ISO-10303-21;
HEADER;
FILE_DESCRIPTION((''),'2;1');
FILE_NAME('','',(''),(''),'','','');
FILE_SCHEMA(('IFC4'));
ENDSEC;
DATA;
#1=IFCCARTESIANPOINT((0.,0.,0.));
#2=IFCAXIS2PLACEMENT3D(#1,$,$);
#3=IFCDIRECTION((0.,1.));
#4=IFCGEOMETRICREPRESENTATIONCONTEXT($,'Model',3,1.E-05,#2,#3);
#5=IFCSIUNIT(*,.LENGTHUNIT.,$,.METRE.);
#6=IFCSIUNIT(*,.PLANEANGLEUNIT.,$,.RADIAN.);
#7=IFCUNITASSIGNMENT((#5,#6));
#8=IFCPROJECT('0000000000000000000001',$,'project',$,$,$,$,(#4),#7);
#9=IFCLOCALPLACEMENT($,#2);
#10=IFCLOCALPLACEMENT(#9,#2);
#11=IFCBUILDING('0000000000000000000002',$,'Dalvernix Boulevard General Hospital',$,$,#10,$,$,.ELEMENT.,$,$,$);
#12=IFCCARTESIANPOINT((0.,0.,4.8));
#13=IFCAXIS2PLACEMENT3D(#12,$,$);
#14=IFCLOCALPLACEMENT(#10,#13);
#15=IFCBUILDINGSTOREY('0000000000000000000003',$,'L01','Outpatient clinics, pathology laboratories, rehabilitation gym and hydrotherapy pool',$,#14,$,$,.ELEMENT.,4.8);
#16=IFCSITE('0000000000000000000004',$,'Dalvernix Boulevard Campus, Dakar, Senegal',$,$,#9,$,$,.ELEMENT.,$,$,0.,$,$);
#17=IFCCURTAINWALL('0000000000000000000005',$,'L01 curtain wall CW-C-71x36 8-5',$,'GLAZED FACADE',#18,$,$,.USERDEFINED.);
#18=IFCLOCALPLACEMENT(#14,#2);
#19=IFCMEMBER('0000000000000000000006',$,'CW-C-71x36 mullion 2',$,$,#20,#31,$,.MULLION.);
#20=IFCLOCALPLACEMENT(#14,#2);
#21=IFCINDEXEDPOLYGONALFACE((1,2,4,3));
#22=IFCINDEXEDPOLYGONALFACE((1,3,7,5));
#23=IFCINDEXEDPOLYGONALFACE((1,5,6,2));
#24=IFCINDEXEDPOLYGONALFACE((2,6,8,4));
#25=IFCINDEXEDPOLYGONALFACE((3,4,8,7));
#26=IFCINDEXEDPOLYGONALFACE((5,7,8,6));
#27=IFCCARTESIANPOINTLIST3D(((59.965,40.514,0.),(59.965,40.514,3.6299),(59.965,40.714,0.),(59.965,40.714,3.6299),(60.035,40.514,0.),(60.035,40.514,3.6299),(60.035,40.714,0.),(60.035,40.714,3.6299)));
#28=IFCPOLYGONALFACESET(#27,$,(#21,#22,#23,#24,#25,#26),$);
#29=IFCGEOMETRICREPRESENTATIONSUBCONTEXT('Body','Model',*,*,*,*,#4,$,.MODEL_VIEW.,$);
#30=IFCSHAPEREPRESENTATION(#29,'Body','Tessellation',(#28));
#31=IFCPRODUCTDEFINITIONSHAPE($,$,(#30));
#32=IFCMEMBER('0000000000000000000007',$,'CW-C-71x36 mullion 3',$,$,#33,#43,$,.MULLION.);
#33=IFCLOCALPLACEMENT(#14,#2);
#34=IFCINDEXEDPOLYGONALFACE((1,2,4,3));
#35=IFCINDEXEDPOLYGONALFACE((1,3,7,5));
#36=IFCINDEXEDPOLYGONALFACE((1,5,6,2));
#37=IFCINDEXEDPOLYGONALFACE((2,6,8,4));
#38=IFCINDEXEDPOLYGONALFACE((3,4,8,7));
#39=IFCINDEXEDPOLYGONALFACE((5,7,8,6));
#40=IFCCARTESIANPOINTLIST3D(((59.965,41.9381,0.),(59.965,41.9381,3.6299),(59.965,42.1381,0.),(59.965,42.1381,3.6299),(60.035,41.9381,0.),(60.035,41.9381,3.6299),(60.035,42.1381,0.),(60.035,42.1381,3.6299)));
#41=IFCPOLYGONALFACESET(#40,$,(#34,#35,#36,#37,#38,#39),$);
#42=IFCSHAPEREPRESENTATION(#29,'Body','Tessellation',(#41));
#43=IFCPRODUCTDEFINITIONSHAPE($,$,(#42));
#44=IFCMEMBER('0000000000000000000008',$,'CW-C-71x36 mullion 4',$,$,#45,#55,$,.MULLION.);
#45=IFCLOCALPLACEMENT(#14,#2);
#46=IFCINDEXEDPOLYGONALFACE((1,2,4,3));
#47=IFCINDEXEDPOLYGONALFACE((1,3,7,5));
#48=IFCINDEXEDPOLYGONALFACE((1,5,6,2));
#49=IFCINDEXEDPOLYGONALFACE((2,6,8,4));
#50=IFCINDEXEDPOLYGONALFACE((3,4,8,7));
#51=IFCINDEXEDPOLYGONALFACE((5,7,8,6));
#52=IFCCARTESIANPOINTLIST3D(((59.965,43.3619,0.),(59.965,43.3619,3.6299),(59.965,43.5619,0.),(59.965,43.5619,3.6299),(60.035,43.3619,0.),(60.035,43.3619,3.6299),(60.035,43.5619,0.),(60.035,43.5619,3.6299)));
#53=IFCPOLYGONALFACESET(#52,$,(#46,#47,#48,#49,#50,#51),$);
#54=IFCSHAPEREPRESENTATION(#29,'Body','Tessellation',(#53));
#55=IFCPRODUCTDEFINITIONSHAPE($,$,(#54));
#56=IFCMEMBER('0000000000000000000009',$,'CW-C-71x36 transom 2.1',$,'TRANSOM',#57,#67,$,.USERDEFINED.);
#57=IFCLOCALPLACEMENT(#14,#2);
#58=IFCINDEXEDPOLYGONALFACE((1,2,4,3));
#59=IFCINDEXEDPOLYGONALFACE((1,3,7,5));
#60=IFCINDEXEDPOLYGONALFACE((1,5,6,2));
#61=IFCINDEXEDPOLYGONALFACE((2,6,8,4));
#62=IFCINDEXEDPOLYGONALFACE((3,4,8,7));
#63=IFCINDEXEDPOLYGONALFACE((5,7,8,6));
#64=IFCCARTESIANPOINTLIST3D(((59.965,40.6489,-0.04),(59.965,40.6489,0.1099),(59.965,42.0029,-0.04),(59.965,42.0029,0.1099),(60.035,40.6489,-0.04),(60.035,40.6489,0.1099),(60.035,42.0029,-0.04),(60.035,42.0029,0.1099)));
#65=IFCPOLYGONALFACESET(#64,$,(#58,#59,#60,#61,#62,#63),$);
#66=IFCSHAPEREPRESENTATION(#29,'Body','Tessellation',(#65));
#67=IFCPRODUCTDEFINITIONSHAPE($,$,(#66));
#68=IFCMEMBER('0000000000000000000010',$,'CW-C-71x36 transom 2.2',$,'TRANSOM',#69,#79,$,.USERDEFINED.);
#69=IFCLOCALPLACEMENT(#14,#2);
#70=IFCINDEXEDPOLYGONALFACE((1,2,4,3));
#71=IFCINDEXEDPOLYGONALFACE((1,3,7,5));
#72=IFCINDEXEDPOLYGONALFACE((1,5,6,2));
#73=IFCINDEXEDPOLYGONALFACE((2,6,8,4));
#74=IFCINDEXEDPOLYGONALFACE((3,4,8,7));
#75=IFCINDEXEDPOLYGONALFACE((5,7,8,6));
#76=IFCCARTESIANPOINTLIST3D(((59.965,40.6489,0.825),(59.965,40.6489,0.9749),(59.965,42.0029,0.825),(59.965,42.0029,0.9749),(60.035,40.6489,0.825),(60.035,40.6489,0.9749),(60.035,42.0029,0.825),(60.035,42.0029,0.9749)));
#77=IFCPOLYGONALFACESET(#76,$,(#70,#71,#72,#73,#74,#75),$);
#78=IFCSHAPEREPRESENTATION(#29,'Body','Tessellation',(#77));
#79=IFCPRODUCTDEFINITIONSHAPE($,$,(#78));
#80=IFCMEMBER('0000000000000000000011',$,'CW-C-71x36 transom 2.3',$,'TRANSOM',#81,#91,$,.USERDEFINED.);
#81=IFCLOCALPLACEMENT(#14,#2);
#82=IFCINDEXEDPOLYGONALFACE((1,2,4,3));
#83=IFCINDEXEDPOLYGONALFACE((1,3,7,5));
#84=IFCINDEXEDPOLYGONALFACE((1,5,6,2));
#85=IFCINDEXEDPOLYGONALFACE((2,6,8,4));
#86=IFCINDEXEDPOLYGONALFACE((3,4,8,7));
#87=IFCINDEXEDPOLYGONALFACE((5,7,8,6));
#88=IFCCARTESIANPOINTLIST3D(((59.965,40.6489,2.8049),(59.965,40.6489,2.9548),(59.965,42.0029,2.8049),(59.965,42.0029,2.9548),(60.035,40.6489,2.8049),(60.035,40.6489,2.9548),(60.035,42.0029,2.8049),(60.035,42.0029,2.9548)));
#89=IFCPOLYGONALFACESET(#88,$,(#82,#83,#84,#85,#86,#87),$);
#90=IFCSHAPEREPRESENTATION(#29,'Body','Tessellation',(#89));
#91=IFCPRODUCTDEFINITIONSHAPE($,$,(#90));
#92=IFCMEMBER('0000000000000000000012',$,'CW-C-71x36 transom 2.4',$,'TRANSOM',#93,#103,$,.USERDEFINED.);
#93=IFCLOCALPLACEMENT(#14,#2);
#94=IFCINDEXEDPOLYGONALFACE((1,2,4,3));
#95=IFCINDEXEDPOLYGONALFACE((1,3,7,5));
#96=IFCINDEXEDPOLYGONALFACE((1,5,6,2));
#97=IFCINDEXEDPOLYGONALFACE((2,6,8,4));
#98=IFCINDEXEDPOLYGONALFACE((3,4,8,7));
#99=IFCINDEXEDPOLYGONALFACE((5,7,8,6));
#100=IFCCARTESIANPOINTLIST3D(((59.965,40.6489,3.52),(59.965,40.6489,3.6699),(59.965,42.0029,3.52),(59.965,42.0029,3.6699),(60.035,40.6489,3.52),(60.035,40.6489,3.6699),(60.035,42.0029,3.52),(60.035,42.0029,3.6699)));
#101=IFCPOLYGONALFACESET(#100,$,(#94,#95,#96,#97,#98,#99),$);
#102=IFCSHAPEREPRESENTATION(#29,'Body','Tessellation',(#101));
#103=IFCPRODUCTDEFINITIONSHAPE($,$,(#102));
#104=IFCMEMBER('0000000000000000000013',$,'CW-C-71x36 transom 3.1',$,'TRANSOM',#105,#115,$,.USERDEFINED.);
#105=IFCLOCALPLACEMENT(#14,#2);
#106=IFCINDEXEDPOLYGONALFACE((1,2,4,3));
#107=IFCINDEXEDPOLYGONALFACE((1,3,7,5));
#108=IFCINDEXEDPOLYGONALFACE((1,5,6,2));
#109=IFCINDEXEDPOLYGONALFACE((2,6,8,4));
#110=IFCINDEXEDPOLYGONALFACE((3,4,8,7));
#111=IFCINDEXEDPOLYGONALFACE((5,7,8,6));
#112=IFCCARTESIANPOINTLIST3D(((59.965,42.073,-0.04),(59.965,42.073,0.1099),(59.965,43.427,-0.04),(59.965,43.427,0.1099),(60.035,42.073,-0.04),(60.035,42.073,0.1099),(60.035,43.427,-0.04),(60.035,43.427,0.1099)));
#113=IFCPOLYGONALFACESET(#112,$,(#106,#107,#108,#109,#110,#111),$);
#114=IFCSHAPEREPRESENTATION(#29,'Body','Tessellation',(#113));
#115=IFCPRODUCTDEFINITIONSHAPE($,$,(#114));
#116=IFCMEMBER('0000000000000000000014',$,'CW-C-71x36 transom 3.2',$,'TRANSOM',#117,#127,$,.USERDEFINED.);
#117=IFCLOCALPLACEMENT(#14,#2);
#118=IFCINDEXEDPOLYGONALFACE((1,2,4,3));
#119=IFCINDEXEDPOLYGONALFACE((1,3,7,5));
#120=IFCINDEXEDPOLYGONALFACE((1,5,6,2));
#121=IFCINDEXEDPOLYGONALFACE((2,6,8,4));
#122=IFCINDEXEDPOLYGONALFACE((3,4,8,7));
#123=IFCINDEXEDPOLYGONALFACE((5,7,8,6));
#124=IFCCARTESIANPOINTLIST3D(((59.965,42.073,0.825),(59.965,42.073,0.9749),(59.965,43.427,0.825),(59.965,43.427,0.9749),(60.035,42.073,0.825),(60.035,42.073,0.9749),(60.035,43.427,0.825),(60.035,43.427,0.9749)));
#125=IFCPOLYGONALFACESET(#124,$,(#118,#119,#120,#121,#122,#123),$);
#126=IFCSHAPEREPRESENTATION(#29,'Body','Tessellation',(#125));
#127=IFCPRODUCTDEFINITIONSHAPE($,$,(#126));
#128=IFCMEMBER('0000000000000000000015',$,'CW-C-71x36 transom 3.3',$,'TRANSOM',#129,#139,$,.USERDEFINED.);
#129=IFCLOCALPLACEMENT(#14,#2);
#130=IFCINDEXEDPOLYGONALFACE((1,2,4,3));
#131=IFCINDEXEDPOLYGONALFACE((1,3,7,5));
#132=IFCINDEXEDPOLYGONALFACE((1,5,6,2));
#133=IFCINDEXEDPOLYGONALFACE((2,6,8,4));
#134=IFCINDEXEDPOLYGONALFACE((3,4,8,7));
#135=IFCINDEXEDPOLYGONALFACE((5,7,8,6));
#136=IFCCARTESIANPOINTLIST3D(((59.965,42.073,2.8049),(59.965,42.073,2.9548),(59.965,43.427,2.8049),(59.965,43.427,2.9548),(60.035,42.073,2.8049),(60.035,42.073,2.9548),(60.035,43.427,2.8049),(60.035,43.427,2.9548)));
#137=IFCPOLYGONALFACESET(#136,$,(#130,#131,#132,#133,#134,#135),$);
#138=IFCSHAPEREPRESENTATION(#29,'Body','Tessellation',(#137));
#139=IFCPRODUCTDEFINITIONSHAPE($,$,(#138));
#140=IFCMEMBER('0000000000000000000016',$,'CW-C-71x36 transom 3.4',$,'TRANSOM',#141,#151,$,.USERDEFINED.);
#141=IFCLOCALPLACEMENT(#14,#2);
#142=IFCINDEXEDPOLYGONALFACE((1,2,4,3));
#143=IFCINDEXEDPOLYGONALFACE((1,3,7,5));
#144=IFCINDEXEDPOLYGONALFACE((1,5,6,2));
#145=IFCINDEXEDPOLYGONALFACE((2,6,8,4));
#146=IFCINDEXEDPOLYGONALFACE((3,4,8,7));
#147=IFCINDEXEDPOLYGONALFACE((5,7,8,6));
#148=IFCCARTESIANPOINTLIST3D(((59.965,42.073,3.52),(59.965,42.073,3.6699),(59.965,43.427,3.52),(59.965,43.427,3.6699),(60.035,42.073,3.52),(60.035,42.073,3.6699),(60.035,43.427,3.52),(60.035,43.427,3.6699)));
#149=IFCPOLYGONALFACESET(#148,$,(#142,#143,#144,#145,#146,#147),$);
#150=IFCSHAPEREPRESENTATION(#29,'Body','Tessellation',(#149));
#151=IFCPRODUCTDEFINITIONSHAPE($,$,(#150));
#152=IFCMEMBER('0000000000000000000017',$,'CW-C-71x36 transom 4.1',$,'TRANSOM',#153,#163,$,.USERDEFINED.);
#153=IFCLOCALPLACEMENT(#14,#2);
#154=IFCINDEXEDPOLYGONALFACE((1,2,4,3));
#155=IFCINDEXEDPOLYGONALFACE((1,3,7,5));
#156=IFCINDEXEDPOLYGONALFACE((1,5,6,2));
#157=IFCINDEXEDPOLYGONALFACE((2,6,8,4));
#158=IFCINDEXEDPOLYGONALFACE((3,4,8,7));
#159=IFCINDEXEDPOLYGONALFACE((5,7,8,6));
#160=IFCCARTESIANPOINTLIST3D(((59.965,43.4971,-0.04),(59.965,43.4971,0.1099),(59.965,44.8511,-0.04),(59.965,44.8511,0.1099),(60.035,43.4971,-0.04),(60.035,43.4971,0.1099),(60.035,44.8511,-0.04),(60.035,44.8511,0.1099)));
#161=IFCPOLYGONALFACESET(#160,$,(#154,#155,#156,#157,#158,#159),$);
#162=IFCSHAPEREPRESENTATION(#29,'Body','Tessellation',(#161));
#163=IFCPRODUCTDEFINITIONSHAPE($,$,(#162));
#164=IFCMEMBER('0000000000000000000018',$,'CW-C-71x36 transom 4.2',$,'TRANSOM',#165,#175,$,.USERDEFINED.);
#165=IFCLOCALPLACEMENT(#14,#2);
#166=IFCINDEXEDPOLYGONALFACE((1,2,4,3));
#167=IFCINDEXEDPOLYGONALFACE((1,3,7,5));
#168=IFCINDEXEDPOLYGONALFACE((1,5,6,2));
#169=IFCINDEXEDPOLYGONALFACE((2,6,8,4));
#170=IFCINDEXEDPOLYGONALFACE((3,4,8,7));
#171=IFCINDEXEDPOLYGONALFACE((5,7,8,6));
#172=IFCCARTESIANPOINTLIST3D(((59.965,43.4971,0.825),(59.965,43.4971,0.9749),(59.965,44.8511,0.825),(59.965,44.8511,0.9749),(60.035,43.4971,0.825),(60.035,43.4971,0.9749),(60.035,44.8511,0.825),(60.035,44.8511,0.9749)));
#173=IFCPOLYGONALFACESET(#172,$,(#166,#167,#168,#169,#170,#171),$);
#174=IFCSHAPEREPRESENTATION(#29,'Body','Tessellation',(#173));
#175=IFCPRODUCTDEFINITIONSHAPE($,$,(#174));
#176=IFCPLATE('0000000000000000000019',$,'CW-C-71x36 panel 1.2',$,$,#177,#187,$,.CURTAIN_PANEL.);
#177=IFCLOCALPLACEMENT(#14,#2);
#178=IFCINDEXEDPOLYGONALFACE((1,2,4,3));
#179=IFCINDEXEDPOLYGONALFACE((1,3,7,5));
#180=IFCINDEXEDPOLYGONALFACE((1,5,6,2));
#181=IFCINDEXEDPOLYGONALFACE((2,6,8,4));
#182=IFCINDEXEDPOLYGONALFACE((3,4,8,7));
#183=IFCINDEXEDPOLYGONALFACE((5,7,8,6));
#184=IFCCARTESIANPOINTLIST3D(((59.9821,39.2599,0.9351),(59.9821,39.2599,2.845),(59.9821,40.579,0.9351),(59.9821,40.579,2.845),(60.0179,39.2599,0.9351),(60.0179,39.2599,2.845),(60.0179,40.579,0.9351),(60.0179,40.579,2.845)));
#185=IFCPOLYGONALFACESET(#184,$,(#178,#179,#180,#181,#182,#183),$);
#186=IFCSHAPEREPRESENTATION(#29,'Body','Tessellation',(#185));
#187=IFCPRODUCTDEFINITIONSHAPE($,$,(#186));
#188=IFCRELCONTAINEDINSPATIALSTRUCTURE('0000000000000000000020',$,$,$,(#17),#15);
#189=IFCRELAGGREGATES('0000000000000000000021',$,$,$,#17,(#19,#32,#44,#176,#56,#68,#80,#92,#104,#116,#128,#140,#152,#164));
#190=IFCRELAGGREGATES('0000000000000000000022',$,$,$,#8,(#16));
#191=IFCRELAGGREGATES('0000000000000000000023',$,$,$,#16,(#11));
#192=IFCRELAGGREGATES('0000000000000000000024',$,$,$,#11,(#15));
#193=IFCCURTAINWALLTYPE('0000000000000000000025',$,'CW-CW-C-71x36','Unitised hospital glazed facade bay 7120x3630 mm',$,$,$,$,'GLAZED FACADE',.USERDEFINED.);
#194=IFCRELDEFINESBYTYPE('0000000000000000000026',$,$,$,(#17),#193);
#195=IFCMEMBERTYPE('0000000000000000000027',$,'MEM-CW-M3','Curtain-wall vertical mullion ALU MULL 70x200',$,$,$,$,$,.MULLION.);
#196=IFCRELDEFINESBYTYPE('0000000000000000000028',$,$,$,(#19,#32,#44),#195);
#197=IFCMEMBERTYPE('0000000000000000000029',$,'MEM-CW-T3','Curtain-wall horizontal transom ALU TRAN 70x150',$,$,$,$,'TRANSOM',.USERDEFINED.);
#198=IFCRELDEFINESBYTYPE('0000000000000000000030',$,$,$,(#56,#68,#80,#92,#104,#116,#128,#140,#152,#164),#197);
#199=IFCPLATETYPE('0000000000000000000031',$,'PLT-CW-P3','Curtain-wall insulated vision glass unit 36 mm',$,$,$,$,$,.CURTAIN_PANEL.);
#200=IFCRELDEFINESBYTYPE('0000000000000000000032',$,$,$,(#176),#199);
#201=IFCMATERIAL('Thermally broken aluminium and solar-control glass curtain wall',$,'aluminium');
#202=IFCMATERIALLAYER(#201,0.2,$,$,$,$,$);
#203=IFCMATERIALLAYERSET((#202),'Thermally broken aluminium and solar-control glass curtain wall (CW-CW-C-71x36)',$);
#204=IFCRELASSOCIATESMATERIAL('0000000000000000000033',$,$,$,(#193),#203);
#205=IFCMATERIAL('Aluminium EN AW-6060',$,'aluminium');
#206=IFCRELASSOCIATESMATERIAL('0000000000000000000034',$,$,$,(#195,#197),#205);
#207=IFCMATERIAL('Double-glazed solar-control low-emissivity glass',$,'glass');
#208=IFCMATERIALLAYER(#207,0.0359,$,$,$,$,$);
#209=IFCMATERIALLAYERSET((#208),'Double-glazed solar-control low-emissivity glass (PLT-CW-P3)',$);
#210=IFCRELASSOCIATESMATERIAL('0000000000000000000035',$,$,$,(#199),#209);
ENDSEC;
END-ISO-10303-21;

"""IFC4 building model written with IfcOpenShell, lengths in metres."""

from ifc_helpers import new_model, si_unit, direction, frame, origin, origin_2d, place, context, subcontext, project, spatial, rectangle, extrude, material, layer, layer_set, material_profile, profile_set, type_object, element, aggregate, save


model = new_model("IFC4")

# Units and contexts
model_context = context("Model", 3, precision=1e-05, world=origin(), true_north=direction((0.0, 1.0)))
body_context = subcontext(model_context, "Body", "Model", "MODEL_VIEW")
ifc_project = project(units=[si_unit("LENGTHUNIT", "METRE"), si_unit("PLANEANGLEUNIT", "RADIAN")], contexts=[model_context])

# Site, building, storey
site_placement = place(None, origin())
site = spatial("IfcSite", under=ifc_project, at=site_placement, Name="Dalvernix Boulevard Campus, Dakar, Senegal", CompositionType="ELEMENT", RefElevation=0.0)
building_placement = place(site_placement, origin())
building = spatial("IfcBuilding", under=site, at=building_placement, Name="Dalvernix Boulevard General Hospital", CompositionType="ELEMENT")
storey_placement = place(building_placement, frame((0.0, 0.0, 4.8)))
storey = spatial("IfcBuildingStorey", under=building, at=storey_placement, Name="L01", Description="Outpatient clinics, pathology laboratories, rehabilitation gym and hydrotherapy pool", CompositionType="ELEMENT", Elevation=4.8)

# Curtain wall, members, plate
ifc_material_1 = material(Name="Thermally broken aluminium and solar-control glass curtain wall", Category="aluminium")
ifc_layer_1 = layer(ifc_material_1, 0.2)
ifc_layer_set_1 = layer_set([ifc_layer_1], Name="Thermally broken aluminium and solar-control glass curtain wall (CW-CW-C-71x36)")
curtain_wall_type = type_object("IfcCurtainWallType", Name="CW-CW-C-71x36", Description="Unitised hospital glazed facade bay 7120x3630 mm", ElementType="GLAZED FACADE", PredefinedType="USERDEFINED", material=ifc_layer_set_1)
curtain_wall_placement = place(storey_placement, origin())
curtain_wall = element("IfcCurtainWall", 1, at=curtain_wall_placement, inside=storey, type_object=curtain_wall_type, Name="L01 curtain wall CW-C-71x36 8-5", ObjectType="GLAZED FACADE", PredefinedType="USERDEFINED")
ifc_material_2 = material(Name="Aluminium EN AW-6060", Category="aluminium")
ifc_material_profile_1 = material_profile(ifc_material_2, rectangle(XDim=0.0701, YDim=0.2, at=origin_2d()), Name="ALU MULL 70x200")
ifc_profile_set_1 = profile_set([ifc_material_profile_1], Name="Aluminium EN AW-6060")
member_type_1 = type_object("IfcMemberType", Name="MEM-CW-M3", Description="Curtain-wall vertical mullion ALU MULL 70x200", PredefinedType="MULLION", material=ifc_profile_set_1)
member_1_placement = place(storey_placement, frame((60.0, 40.614, 0.0), z_axis=(0.0, 0.0, 1.0), x_axis=(-1.0, 0.0, 0.0)))
member_1 = element("IfcMember", 2, at=member_1_placement, type_object=member_type_1, Name="CW-C-71x36 mullion 2", PredefinedType="MULLION", context=body_context, shape_type="SweptSolid", body=[
    extrude(rectangle(XDim=0.0701, YDim=0.2, at=origin_2d()), origin(), (0.0, 0.0, 1.0), 3.6299),
])
member_2_placement = place(storey_placement, frame((60.0, 42.0381, 0.0), z_axis=(0.0, 0.0, 1.0), x_axis=(-1.0, 0.0, 0.0)))
member_2 = element("IfcMember", 3, at=member_2_placement, type_object=member_type_1, Name="CW-C-71x36 mullion 3", PredefinedType="MULLION", context=body_context, shape_type="SweptSolid", body=[
    extrude(rectangle(XDim=0.0701, YDim=0.2, at=origin_2d()), origin(), (0.0, 0.0, 1.0), 3.6299),
])
member_3_placement = place(storey_placement, frame((60.0, 43.4619, 0.0), z_axis=(0.0, 0.0, 1.0), x_axis=(-1.0, 0.0, 0.0)))
member_3 = element("IfcMember", 4, at=member_3_placement, type_object=member_type_1, Name="CW-C-71x36 mullion 4", PredefinedType="MULLION", context=body_context, shape_type="SweptSolid", body=[
    extrude(rectangle(XDim=0.0701, YDim=0.2, at=origin_2d()), origin(), (0.0, 0.0, 1.0), 3.6299),
])
ifc_material_profile_2 = material_profile(ifc_material_2, rectangle(XDim=0.0701, YDim=0.1499, at=origin_2d()), Name="ALU TRAN 70x150")
ifc_profile_set_2 = profile_set([ifc_material_profile_2], Name="Aluminium EN AW-6060")
member_type_2 = type_object("IfcMemberType", Name="MEM-CW-T3", Description="Curtain-wall horizontal transom ALU TRAN 70x150", ElementType="TRANSOM", PredefinedType="USERDEFINED", material=ifc_profile_set_2)
member_4_placement = place(storey_placement, frame((60.0, 40.6489, 0.0349), z_axis=(0.0, 1.0, 0.0), x_axis=(-1.0, 0.0, 0.0)))
member_4 = element("IfcMember", 5, at=member_4_placement, type_object=member_type_2, Name="CW-C-71x36 transom 2.1", ObjectType="TRANSOM", PredefinedType="USERDEFINED", context=body_context, shape_type="SweptSolid", body=[
    extrude(rectangle(XDim=0.0701, YDim=0.1499, at=origin_2d()), origin(), (0.0, 0.0, 1.0), 1.354),
])
member_5_placement = place(storey_placement, frame((60.0, 40.6489, 0.8999), z_axis=(0.0, 1.0, 0.0), x_axis=(-1.0, 0.0, 0.0)))
member_5 = element("IfcMember", 6, at=member_5_placement, type_object=member_type_2, Name="CW-C-71x36 transom 2.2", ObjectType="TRANSOM", PredefinedType="USERDEFINED", context=body_context, shape_type="SweptSolid", body=[
    extrude(rectangle(XDim=0.0701, YDim=0.1499, at=origin_2d()), origin(), (0.0, 0.0, 1.0), 1.354),
])
member_6_placement = place(storey_placement, frame((60.0, 40.6489, 2.8799), z_axis=(0.0, 1.0, 0.0), x_axis=(-1.0, 0.0, 0.0)))
member_6 = element("IfcMember", 7, at=member_6_placement, type_object=member_type_2, Name="CW-C-71x36 transom 2.3", ObjectType="TRANSOM", PredefinedType="USERDEFINED", context=body_context, shape_type="SweptSolid", body=[
    extrude(rectangle(XDim=0.0701, YDim=0.1499, at=origin_2d()), origin(), (0.0, 0.0, 1.0), 1.354),
])
member_7_placement = place(storey_placement, frame((60.0, 40.6489, 3.595), z_axis=(0.0, 1.0, 0.0), x_axis=(-1.0, 0.0, 0.0)))
member_7 = element("IfcMember", 8, at=member_7_placement, type_object=member_type_2, Name="CW-C-71x36 transom 2.4", ObjectType="TRANSOM", PredefinedType="USERDEFINED", context=body_context, shape_type="SweptSolid", body=[
    extrude(rectangle(XDim=0.0701, YDim=0.1499, at=origin_2d()), origin(), (0.0, 0.0, 1.0), 1.354),
])
member_8_placement = place(storey_placement, frame((60.0, 42.073, 0.0349), z_axis=(0.0, 1.0, 0.0), x_axis=(-1.0, 0.0, 0.0)))
member_8 = element("IfcMember", 9, at=member_8_placement, type_object=member_type_2, Name="CW-C-71x36 transom 3.1", ObjectType="TRANSOM", PredefinedType="USERDEFINED", context=body_context, shape_type="SweptSolid", body=[
    extrude(rectangle(XDim=0.0701, YDim=0.1499, at=origin_2d()), origin(), (0.0, 0.0, 1.0), 1.354),
])
member_9_placement = place(storey_placement, frame((60.0, 42.073, 0.8999), z_axis=(0.0, 1.0, 0.0), x_axis=(-1.0, 0.0, 0.0)))
member_9 = element("IfcMember", 10, at=member_9_placement, type_object=member_type_2, Name="CW-C-71x36 transom 3.2", ObjectType="TRANSOM", PredefinedType="USERDEFINED", context=body_context, shape_type="SweptSolid", body=[
    extrude(rectangle(XDim=0.0701, YDim=0.1499, at=origin_2d()), origin(), (0.0, 0.0, 1.0), 1.354),
])
member_10_placement = place(storey_placement, frame((60.0, 42.073, 2.8799), z_axis=(0.0, 1.0, 0.0), x_axis=(-1.0, 0.0, 0.0)))
member_10 = element("IfcMember", 11, at=member_10_placement, type_object=member_type_2, Name="CW-C-71x36 transom 3.3", ObjectType="TRANSOM", PredefinedType="USERDEFINED", context=body_context, shape_type="SweptSolid", body=[
    extrude(rectangle(XDim=0.0701, YDim=0.1499, at=origin_2d()), origin(), (0.0, 0.0, 1.0), 1.354),
])
member_11_placement = place(storey_placement, frame((60.0, 42.073, 3.595), z_axis=(0.0, 1.0, 0.0), x_axis=(-1.0, 0.0, 0.0)))
member_11 = element("IfcMember", 12, at=member_11_placement, type_object=member_type_2, Name="CW-C-71x36 transom 3.4", ObjectType="TRANSOM", PredefinedType="USERDEFINED", context=body_context, shape_type="SweptSolid", body=[
    extrude(rectangle(XDim=0.0701, YDim=0.1499, at=origin_2d()), origin(), (0.0, 0.0, 1.0), 1.354),
])
member_12_placement = place(storey_placement, frame((60.0, 43.4971, 0.0349), z_axis=(0.0, 1.0, 0.0), x_axis=(-1.0, 0.0, 0.0)))
member_12 = element("IfcMember", 13, at=member_12_placement, type_object=member_type_2, Name="CW-C-71x36 transom 4.1", ObjectType="TRANSOM", PredefinedType="USERDEFINED", context=body_context, shape_type="SweptSolid", body=[
    extrude(rectangle(XDim=0.0701, YDim=0.1499, at=origin_2d()), origin(), (0.0, 0.0, 1.0), 1.354),
])
member_13_placement = place(storey_placement, frame((60.0, 43.4971, 0.8999), z_axis=(0.0, 1.0, 0.0), x_axis=(-1.0, 0.0, 0.0)))
member_13 = element("IfcMember", 14, at=member_13_placement, type_object=member_type_2, Name="CW-C-71x36 transom 4.2", ObjectType="TRANSOM", PredefinedType="USERDEFINED", context=body_context, shape_type="SweptSolid", body=[
    extrude(rectangle(XDim=0.0701, YDim=0.1499, at=origin_2d()), origin(), (0.0, 0.0, 1.0), 1.354),
])
ifc_material_3 = material(Name="Double-glazed solar-control low-emissivity glass", Category="glass")
ifc_layer_2 = layer(ifc_material_3, 0.0359)
ifc_layer_set_2 = layer_set([ifc_layer_2], Name="Double-glazed solar-control low-emissivity glass (PLT-CW-P3)")
plate_type = type_object("IfcPlateType", Name="PLT-CW-P3", Description="Curtain-wall insulated vision glass unit 36 mm", PredefinedType="CURTAIN_PANEL", material=ifc_layer_set_2)
plate_1_placement = place(storey_placement, frame((60.0, 39.9194, 0.9351), z_axis=(0.0, 0.0, 1.0), x_axis=(0.0, 1.0, 0.0)))
plate_1 = element("IfcPlate", 15, at=plate_1_placement, type_object=plate_type, Name="CW-C-71x36 panel 1.2", PredefinedType="CURTAIN_PANEL", context=body_context, shape_type="SweptSolid", body=[
    extrude(rectangle(XDim=1.3191, YDim=0.0359, at=origin_2d()), origin(), (0.0, 0.0, 1.0), 1.9099),
])
aggregate(curtain_wall, [member_1, member_2, member_3, plate_1, member_4, member_5, member_6, member_7, member_8, member_9, member_10, member_11, member_12, member_13])

save(model, "model.ifc")
